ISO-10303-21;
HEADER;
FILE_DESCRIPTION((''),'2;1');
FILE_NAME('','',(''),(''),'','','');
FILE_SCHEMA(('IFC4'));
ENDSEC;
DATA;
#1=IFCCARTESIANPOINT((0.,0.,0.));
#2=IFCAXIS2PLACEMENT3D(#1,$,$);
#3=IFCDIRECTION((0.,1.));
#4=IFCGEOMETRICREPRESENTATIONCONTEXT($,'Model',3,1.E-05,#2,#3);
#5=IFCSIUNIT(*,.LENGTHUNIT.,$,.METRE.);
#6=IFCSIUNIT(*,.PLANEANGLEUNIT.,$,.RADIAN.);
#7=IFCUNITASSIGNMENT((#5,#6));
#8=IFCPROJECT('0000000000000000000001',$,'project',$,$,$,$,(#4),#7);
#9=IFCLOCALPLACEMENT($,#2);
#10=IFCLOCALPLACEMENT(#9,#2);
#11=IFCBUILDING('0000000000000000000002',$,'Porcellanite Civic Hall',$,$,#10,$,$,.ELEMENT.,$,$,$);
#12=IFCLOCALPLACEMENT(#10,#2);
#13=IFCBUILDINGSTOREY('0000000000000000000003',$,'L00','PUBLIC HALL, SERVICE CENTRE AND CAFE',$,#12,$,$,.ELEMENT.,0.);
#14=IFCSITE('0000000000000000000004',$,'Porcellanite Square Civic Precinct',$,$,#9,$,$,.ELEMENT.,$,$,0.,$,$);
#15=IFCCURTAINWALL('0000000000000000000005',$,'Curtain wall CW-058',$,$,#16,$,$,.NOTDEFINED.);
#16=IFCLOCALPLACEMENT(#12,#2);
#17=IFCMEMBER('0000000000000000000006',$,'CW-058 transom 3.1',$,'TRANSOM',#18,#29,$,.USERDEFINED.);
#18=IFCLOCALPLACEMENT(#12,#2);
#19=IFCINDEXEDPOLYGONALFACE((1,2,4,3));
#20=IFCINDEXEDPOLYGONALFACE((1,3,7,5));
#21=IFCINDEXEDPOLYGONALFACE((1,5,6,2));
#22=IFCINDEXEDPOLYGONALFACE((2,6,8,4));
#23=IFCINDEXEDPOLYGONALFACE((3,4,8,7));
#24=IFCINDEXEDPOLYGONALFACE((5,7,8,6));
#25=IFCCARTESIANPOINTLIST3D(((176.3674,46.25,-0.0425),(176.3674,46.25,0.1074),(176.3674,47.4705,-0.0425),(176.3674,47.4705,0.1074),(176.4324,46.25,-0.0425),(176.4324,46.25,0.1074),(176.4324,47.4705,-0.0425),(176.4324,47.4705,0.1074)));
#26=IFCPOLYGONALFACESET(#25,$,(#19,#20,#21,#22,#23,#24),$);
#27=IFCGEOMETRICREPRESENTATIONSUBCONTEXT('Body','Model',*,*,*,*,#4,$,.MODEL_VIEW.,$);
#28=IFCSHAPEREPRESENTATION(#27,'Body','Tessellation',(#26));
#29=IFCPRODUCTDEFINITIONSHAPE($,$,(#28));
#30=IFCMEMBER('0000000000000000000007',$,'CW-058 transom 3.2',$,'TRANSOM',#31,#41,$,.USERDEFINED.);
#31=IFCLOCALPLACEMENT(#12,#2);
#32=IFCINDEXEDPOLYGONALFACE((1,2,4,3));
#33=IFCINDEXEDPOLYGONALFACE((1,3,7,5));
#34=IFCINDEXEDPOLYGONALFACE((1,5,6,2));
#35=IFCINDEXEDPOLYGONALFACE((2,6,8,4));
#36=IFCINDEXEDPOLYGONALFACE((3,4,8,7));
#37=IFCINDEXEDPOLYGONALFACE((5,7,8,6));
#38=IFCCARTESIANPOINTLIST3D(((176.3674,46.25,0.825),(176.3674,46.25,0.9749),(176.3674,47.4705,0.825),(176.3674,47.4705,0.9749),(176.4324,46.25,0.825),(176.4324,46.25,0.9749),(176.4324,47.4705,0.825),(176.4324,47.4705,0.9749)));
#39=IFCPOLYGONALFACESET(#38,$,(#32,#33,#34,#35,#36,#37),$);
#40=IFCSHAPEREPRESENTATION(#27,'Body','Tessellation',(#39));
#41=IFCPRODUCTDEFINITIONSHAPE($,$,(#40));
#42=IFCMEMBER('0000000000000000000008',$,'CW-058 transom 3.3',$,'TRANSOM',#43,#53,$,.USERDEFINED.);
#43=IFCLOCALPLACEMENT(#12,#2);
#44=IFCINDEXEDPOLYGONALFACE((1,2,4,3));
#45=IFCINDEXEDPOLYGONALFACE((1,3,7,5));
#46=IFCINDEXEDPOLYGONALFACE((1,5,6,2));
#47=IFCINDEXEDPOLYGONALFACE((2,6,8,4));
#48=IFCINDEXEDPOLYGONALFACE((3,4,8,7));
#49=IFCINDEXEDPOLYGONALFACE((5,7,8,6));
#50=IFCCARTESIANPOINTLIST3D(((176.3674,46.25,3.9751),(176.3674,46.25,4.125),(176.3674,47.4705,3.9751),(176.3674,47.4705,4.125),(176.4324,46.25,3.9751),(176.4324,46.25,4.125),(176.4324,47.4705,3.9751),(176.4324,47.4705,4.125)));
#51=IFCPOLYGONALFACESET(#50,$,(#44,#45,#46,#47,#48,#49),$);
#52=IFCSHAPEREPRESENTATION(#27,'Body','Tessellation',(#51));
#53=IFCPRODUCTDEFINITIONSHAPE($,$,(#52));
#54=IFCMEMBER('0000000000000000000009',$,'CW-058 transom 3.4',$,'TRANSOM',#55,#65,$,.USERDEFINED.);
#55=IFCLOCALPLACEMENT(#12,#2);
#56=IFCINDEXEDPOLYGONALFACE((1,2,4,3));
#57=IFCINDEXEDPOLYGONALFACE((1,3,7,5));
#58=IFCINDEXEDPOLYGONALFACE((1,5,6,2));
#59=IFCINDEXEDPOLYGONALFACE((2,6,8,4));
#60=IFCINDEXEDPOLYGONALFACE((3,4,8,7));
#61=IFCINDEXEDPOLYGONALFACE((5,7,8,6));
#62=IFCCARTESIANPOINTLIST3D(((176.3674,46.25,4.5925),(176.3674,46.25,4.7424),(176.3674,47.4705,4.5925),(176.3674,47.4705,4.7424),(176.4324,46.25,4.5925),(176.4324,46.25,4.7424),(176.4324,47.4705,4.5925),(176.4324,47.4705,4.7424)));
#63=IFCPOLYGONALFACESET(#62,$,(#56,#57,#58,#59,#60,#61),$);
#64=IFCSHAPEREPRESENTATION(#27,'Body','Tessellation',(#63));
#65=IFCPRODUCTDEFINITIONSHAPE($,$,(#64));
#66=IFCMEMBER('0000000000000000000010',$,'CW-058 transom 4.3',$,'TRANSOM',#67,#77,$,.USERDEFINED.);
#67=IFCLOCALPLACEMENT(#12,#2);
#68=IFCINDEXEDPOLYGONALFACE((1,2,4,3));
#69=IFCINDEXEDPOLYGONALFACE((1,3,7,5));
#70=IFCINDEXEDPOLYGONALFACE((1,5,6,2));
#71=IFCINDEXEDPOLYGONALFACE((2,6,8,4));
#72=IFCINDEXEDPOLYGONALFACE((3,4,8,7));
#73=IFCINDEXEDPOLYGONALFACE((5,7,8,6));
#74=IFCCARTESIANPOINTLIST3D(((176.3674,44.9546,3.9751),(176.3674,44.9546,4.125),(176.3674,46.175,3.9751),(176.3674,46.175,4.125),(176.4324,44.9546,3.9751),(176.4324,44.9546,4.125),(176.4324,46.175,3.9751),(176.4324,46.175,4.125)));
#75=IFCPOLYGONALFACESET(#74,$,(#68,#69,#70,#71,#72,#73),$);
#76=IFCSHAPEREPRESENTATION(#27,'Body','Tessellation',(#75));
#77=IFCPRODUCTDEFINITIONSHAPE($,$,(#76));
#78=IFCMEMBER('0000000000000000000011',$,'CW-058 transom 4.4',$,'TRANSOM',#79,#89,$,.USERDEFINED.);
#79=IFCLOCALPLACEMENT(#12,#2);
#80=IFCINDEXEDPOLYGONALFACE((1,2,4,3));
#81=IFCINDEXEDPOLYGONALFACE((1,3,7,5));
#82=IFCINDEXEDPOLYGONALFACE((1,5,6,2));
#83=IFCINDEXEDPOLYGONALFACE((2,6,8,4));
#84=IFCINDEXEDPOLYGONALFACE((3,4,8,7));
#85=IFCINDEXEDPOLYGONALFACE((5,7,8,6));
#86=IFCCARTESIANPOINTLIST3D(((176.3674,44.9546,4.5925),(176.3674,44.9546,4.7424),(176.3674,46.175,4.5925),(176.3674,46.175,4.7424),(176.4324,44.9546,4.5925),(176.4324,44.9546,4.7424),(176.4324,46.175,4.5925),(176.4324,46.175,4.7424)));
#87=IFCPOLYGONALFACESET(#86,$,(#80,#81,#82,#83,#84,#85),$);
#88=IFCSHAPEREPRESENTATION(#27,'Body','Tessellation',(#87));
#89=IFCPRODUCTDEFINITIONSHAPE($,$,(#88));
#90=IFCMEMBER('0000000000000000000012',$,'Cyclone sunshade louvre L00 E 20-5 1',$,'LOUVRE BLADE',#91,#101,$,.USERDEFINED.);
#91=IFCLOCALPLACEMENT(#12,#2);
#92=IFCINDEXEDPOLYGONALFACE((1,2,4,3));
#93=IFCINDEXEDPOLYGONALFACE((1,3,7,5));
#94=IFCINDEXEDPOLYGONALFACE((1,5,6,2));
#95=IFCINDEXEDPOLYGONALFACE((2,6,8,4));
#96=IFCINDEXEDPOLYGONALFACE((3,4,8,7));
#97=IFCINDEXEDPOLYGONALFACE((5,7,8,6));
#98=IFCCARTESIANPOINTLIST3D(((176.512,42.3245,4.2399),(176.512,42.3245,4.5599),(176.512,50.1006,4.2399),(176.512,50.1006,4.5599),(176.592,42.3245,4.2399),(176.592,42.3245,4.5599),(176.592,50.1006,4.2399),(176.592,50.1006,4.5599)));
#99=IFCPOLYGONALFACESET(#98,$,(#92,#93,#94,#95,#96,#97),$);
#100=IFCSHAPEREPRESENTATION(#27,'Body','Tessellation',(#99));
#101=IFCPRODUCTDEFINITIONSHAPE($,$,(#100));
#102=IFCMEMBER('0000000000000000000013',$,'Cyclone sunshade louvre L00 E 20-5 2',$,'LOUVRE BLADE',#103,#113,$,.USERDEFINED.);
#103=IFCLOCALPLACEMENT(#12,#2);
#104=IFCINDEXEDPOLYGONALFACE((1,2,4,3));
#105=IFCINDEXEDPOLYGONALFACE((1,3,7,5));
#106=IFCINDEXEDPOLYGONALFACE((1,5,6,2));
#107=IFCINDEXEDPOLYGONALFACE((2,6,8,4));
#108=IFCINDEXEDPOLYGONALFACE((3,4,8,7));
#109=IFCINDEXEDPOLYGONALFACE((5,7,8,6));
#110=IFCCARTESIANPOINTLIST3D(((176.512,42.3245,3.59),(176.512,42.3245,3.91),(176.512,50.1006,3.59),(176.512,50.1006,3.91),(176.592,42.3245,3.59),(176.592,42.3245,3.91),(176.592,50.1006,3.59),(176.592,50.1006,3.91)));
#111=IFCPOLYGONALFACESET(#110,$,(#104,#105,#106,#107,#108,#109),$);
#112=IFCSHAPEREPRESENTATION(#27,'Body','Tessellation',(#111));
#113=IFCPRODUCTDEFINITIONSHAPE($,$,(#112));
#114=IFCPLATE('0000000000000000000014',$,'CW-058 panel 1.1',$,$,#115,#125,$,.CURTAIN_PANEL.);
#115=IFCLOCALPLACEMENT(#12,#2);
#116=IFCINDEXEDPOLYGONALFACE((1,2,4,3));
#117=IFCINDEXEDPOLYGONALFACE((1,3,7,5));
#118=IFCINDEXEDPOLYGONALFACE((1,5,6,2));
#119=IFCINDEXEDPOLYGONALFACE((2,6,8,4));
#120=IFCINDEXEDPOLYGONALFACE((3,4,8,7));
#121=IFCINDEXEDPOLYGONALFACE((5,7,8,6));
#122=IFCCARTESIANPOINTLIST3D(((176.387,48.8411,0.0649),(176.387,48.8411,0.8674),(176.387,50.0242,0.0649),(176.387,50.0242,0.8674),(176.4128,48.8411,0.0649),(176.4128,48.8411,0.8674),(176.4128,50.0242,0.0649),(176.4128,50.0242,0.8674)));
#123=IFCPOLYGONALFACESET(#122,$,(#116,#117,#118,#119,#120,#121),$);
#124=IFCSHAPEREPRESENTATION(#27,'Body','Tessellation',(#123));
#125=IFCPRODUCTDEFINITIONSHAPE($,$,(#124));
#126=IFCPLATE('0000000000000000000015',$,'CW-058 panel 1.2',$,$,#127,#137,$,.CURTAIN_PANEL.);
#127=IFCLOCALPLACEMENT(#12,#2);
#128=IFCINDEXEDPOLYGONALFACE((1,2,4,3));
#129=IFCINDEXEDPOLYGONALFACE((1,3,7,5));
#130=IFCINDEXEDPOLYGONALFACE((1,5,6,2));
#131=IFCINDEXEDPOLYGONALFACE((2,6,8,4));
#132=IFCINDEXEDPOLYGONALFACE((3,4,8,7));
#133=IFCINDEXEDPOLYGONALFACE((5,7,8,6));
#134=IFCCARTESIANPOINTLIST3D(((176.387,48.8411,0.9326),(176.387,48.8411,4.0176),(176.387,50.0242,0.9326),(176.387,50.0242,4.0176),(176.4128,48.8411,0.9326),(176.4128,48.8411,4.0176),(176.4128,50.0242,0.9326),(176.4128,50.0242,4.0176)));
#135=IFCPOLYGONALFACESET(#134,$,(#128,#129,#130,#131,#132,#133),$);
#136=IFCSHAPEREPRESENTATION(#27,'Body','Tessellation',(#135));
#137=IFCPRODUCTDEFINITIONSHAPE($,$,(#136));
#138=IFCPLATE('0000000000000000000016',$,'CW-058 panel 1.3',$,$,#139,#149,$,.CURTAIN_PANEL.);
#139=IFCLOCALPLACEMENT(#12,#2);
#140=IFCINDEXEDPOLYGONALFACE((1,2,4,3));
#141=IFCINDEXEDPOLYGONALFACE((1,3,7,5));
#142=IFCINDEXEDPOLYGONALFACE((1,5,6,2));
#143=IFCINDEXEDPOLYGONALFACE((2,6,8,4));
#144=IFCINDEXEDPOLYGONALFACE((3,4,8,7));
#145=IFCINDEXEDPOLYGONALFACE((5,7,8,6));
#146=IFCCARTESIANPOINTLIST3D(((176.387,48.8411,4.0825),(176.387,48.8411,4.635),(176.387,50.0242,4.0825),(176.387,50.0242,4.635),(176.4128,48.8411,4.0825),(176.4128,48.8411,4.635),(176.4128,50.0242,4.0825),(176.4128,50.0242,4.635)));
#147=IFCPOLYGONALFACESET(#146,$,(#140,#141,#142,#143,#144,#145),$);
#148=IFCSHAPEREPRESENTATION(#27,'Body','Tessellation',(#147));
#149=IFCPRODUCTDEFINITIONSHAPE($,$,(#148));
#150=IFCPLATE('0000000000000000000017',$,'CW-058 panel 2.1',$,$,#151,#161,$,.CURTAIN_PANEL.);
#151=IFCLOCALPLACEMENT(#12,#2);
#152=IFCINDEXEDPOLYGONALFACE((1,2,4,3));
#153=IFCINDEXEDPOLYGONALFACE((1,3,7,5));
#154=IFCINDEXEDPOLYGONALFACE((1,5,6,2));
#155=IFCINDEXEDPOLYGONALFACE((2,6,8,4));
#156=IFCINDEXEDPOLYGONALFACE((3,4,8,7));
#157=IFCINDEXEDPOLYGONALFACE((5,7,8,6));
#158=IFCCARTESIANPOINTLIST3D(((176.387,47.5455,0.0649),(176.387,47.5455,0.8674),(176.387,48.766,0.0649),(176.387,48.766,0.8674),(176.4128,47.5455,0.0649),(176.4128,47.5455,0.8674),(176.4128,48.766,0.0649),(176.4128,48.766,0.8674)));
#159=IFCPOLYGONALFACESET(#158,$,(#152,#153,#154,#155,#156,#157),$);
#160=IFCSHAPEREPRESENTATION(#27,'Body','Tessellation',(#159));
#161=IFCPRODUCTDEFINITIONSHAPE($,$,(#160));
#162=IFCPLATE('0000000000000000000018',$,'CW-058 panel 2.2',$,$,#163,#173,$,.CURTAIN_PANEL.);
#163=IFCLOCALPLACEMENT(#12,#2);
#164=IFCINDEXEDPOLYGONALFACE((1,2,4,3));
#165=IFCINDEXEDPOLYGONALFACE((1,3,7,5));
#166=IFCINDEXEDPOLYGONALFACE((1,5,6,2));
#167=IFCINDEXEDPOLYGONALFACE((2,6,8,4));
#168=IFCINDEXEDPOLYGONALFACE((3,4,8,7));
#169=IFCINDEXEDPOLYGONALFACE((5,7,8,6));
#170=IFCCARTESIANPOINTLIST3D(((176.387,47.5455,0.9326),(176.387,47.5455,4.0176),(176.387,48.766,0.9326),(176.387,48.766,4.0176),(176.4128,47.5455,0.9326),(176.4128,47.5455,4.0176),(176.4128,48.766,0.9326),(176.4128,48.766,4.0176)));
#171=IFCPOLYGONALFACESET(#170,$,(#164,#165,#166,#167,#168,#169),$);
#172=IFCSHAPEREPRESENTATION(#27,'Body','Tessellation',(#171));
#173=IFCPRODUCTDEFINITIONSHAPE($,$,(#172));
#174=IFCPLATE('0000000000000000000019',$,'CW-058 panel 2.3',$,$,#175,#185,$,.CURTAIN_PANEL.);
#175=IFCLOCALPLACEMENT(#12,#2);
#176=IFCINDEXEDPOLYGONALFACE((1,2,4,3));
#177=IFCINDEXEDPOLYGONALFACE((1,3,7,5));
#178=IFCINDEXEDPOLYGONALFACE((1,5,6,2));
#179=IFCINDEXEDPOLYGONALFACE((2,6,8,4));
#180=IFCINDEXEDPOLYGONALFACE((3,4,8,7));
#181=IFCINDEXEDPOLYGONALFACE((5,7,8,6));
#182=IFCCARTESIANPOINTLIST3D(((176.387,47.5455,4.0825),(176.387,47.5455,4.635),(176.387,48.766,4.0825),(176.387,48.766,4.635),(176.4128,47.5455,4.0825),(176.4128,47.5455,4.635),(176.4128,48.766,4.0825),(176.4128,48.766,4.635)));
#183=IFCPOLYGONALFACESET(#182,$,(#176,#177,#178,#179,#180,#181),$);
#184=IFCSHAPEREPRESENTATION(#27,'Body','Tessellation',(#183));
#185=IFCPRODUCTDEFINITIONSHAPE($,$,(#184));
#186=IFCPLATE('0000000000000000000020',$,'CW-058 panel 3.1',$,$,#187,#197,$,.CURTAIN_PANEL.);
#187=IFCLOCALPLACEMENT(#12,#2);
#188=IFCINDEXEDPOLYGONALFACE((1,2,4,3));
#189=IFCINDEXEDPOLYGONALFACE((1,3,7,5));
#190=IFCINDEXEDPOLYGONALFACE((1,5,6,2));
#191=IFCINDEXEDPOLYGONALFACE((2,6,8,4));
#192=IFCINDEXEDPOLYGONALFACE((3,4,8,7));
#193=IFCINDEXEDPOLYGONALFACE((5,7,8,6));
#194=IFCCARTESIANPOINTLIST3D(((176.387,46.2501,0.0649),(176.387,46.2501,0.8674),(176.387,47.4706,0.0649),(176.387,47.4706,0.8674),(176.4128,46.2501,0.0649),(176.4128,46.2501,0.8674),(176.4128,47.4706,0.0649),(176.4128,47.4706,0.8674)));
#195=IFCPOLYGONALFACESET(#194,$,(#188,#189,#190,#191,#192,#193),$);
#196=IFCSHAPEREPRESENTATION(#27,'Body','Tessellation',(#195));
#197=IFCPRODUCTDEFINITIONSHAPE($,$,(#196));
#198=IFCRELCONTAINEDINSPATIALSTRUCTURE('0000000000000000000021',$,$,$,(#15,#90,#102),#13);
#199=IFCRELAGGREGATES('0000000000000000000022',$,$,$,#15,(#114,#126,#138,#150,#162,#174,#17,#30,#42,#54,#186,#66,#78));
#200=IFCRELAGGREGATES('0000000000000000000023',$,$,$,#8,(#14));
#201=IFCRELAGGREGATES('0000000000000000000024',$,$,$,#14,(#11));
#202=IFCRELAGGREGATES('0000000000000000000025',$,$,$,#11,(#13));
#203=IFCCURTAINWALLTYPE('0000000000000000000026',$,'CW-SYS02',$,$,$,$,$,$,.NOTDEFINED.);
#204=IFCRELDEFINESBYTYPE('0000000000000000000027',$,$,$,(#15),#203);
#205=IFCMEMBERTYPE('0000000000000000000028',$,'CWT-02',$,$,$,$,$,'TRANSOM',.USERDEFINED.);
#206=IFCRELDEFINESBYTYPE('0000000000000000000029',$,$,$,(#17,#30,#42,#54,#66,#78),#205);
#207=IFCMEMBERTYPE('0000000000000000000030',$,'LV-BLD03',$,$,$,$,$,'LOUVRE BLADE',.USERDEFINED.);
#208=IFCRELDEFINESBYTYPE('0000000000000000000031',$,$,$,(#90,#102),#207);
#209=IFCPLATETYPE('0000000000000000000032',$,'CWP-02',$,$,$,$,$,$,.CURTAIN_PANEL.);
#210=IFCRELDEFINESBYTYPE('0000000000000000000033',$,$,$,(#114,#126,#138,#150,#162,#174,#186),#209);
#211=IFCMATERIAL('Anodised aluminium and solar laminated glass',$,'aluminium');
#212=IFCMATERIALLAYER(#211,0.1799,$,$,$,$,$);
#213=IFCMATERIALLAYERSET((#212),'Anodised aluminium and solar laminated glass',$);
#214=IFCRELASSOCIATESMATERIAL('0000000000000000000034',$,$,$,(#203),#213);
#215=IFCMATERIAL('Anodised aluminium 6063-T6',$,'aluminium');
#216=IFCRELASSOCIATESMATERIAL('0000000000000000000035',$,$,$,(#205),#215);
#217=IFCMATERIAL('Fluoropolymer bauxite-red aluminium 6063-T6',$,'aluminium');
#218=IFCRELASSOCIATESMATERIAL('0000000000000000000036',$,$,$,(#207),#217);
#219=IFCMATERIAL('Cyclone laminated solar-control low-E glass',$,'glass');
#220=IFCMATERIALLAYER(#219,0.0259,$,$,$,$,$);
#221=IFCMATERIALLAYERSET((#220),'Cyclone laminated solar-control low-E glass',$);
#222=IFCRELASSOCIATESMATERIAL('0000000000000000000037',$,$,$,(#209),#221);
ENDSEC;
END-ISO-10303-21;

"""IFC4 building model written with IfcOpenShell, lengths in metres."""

from ifc_helpers import new_model, si_unit, direction, frame, origin, origin_2d, place, context, subcontext, project, spatial, rectangle, extrude, material, layer, layer_set, material_profile, profile_set, type_object, element, aggregate, save


model = new_model("IFC4")

# Units and contexts
model_context = context("Model", 3, precision=1e-05, world=origin(), true_north=direction((0.0, 1.0)))
body_context = subcontext(model_context, "Body", "Model", "MODEL_VIEW")
ifc_project = project(units=[si_unit("LENGTHUNIT", "METRE"), si_unit("PLANEANGLEUNIT", "RADIAN")], contexts=[model_context])

# Site, building, storey
site_placement = place(None, origin())
site = spatial("IfcSite", under=ifc_project, at=site_placement, Name="Porcellanite Square Civic Precinct", CompositionType="ELEMENT", RefElevation=0.0)
building_placement = place(site_placement, origin())
building = spatial("IfcBuilding", under=site, at=building_placement, Name="Porcellanite Civic Hall", CompositionType="ELEMENT")
storey_placement = place(building_placement, origin())
storey = spatial("IfcBuildingStorey", under=building, at=storey_placement, Name="L00", Description="PUBLIC HALL, SERVICE CENTRE AND CAFE", CompositionType="ELEMENT", Elevation=0.0)

# Curtain wall, members
ifc_material_1 = material(Name="Anodised aluminium and solar laminated glass", Category="aluminium")
ifc_layer_1 = layer(ifc_material_1, 0.1799)
ifc_layer_set_1 = layer_set([ifc_layer_1], Name="Anodised aluminium and solar laminated glass")
curtain_wall_type = type_object("IfcCurtainWallType", Name="CW-SYS02", PredefinedType="NOTDEFINED", material=ifc_layer_set_1)
curtain_wall_placement = place(storey_placement, origin())
curtain_wall = element("IfcCurtainWall", 1, at=curtain_wall_placement, inside=storey, type_object=curtain_wall_type, Name="Curtain wall CW-058", PredefinedType="NOTDEFINED")
ifc_material_2 = material(Name="Anodised aluminium 6063-T6", Category="aluminium")
ifc_material_profile_1 = material_profile(ifc_material_2, rectangle(XDim=0.0649, YDim=0.1499, at=origin_2d()), Name="AL-65x150")
ifc_profile_set_1 = profile_set([ifc_material_profile_1], Name="Anodised aluminium 6063-T6")
member_type_1 = type_object("IfcMemberType", Name="CWT-02", ElementType="TRANSOM", PredefinedType="USERDEFINED", material=ifc_profile_set_1)
member_1_placement = place(storey_placement, frame((176.3999, 47.4705, 0.0325), z_axis=(0.0, -1.0, 0.0), x_axis=(1.0, 0.0, 0.0)))
member_1 = element("IfcMember", 2, at=member_1_placement, type_object=member_type_1, Name="CW-058 transom 3.1", ObjectType="TRANSOM", PredefinedType="USERDEFINED", context=body_context, shape_type="SweptSolid", body=[
    extrude(rectangle(XDim=0.0649, YDim=0.1499, at=origin_2d()), origin(), (0.0, 0.0, 1.0), 1.2205),
])
member_2_placement = place(storey_placement, frame((176.3999, 47.4705, 0.8999), z_axis=(0.0, -1.0, 0.0), x_axis=(1.0, 0.0, 0.0)))
member_2 = element("IfcMember", 3, at=member_2_placement, type_object=member_type_1, Name="CW-058 transom 3.2", ObjectType="TRANSOM", PredefinedType="USERDEFINED", context=body_context, shape_type="SweptSolid", body=[
    extrude(rectangle(XDim=0.0649, YDim=0.1499, at=origin_2d()), origin(), (0.0, 0.0, 1.0), 1.2205),
])
member_3_placement = place(storey_placement, frame((176.3999, 47.4705, 4.05), z_axis=(0.0, -1.0, 0.0), x_axis=(1.0, 0.0, 0.0)))
member_3 = element("IfcMember", 4, at=member_3_placement, type_object=member_type_1, Name="CW-058 transom 3.3", ObjectType="TRANSOM", PredefinedType="USERDEFINED", context=body_context, shape_type="SweptSolid", body=[
    extrude(rectangle(XDim=0.0649, YDim=0.1499, at=origin_2d()), origin(), (0.0, 0.0, 1.0), 1.2205),
])
member_4_placement = place(storey_placement, frame((176.3999, 47.4705, 4.6675), z_axis=(0.0, -1.0, 0.0), x_axis=(1.0, 0.0, 0.0)))
member_4 = element("IfcMember", 5, at=member_4_placement, type_object=member_type_1, Name="CW-058 transom 3.4", ObjectType="TRANSOM", PredefinedType="USERDEFINED", context=body_context, shape_type="SweptSolid", body=[
    extrude(rectangle(XDim=0.0649, YDim=0.1499, at=origin_2d()), origin(), (0.0, 0.0, 1.0), 1.2205),
])
member_5_placement = place(storey_placement, frame((176.3999, 46.175, 4.05), z_axis=(0.0, -1.0, 0.0), x_axis=(1.0, 0.0, 0.0)))
member_5 = element("IfcMember", 6, at=member_5_placement, type_object=member_type_1, Name="CW-058 transom 4.3", ObjectType="TRANSOM", PredefinedType="USERDEFINED", context=body_context, shape_type="SweptSolid", body=[
    extrude(rectangle(XDim=0.0649, YDim=0.1499, at=origin_2d()), origin(), (0.0, 0.0, 1.0), 1.2205),
])
member_6_placement = place(storey_placement, frame((176.3999, 46.175, 4.6675), z_axis=(0.0, -1.0, 0.0), x_axis=(1.0, 0.0, 0.0)))
member_6 = element("IfcMember", 7, at=member_6_placement, type_object=member_type_1, Name="CW-058 transom 4.4", ObjectType="TRANSOM", PredefinedType="USERDEFINED", context=body_context, shape_type="SweptSolid", body=[
    extrude(rectangle(XDim=0.0649, YDim=0.1499, at=origin_2d()), origin(), (0.0, 0.0, 1.0), 1.2205),
])

# Members
ifc_material_3 = material(Name="Fluoropolymer bauxite-red aluminium 6063-T6", Category="aluminium")
ifc_material_profile_2 = material_profile(ifc_material_3, rectangle(XDim=0.0801, YDim=0.3201, at=origin_2d()), Name="AL-80x320")
ifc_profile_set_2 = profile_set([ifc_material_profile_2], Name="Fluoropolymer bauxite-red aluminium 6063-T6")
member_type_2 = type_object("IfcMemberType", Name="LV-BLD03", ElementType="LOUVRE BLADE", PredefinedType="USERDEFINED", material=ifc_profile_set_2)
for number, where, z_axis, x_axis, name in (
    (8, (176.552, 50.1006, 4.3999), (0.0, -1.0, 0.0), (1.0, 0.0, 0.0), "Cyclone sunshade louvre L00 E 20-5 1"),
    (9, (176.552, 50.1006, 3.75), (0.0, -1.0, 0.0), (1.0, 0.0, 0.0), "Cyclone sunshade louvre L00 E 20-5 2"),
):
    element("IfcMember", number, at=place(storey_placement, frame(where, z_axis=z_axis, x_axis=x_axis)), inside=storey, type_object=member_type_2, Name=name, ObjectType="LOUVRE BLADE", PredefinedType="USERDEFINED", context=body_context, shape_type="SweptSolid", body=[
        extrude(rectangle(XDim=0.0801, YDim=0.3201, at=origin_2d()), origin(), (0.0, 0.0, 1.0), 7.7761),
    ])

# Plates
ifc_material_4 = material(Name="Cyclone laminated solar-control low-E glass", Category="glass")
ifc_layer_2 = layer(ifc_material_4, 0.0259)
ifc_layer_set_2 = layer_set([ifc_layer_2], Name="Cyclone laminated solar-control low-E glass")
plate_type = type_object("IfcPlateType", Name="CWP-02", PredefinedType="CURTAIN_PANEL", material=ifc_layer_set_2)
plate_1_placement = place(storey_placement, frame((176.3999, 49.4326, 0.0649), z_axis=(0.0, 0.0, 1.0), x_axis=(0.0, -1.0, 0.0)))
plate_1 = element("IfcPlate", 10, at=plate_1_placement, type_object=plate_type, Name="CW-058 panel 1.1", PredefinedType="CURTAIN_PANEL", context=body_context, shape_type="SweptSolid", body=[
    extrude(rectangle(XDim=1.1831, YDim=0.0259, at=origin_2d()), origin(), (0.0, 0.0, 1.0), 0.8025),
])
plate_2_placement = place(storey_placement, frame((176.3999, 49.4326, 0.9326), z_axis=(0.0, 0.0, 1.0), x_axis=(0.0, -1.0, 0.0)))
plate_2 = element("IfcPlate", 11, at=plate_2_placement, type_object=plate_type, Name="CW-058 panel 1.2", PredefinedType="CURTAIN_PANEL", context=body_context, shape_type="SweptSolid", body=[
    extrude(rectangle(XDim=1.1831, YDim=0.0259, at=origin_2d()), origin(), (0.0, 0.0, 1.0), 3.085),
])
plate_3_placement = place(storey_placement, frame((176.3999, 49.4326, 4.0825), z_axis=(0.0, 0.0, 1.0), x_axis=(0.0, -1.0, 0.0)))
plate_3 = element("IfcPlate", 12, at=plate_3_placement, type_object=plate_type, Name="CW-058 panel 1.3", PredefinedType="CURTAIN_PANEL", context=body_context, shape_type="SweptSolid", body=[
    extrude(rectangle(XDim=1.1831, YDim=0.0259, at=origin_2d()), origin(), (0.0, 0.0, 1.0), 0.5525),
])
plate_4_placement = place(storey_placement, frame((176.3999, 48.1558, 0.0649), z_axis=(0.0, 0.0, 1.0), x_axis=(0.0, -1.0, 0.0)))
plate_4 = element("IfcPlate", 13, at=plate_4_placement, type_object=plate_type, Name="CW-058 panel 2.1", PredefinedType="CURTAIN_PANEL", context=body_context, shape_type="SweptSolid", body=[
    extrude(rectangle(XDim=1.2205, YDim=0.0259, at=origin_2d()), origin(), (0.0, 0.0, 1.0), 0.8025),
])
plate_5_placement = place(storey_placement, frame((176.3999, 48.1558, 0.9326), z_axis=(0.0, 0.0, 1.0), x_axis=(0.0, -1.0, 0.0)))
plate_5 = element("IfcPlate", 14, at=plate_5_placement, type_object=plate_type, Name="CW-058 panel 2.2", PredefinedType="CURTAIN_PANEL", context=body_context, shape_type="SweptSolid", body=[
    extrude(rectangle(XDim=1.2205, YDim=0.0259, at=origin_2d()), origin(), (0.0, 0.0, 1.0), 3.085),
])
plate_6_placement = place(storey_placement, frame((176.3999, 48.1558, 4.0825), z_axis=(0.0, 0.0, 1.0), x_axis=(0.0, -1.0, 0.0)))
plate_6 = element("IfcPlate", 15, at=plate_6_placement, type_object=plate_type, Name="CW-058 panel 2.3", PredefinedType="CURTAIN_PANEL", context=body_context, shape_type="SweptSolid", body=[
    extrude(rectangle(XDim=1.2205, YDim=0.0259, at=origin_2d()), origin(), (0.0, 0.0, 1.0), 0.5525),
])
plate_7_placement = place(storey_placement, frame((176.3999, 46.8604, 0.0649), z_axis=(0.0, 0.0, 1.0), x_axis=(0.0, -1.0, 0.0)))
plate_7 = element("IfcPlate", 16, at=plate_7_placement, type_object=plate_type, Name="CW-058 panel 3.1", PredefinedType="CURTAIN_PANEL", context=body_context, shape_type="SweptSolid", body=[
    extrude(rectangle(XDim=1.2205, YDim=0.0259, at=origin_2d()), origin(), (0.0, 0.0, 1.0), 0.8025),
])
aggregate(curtain_wall, [plate_1, plate_2, plate_3, plate_4, plate_5, plate_6, member_1, member_2, member_3, member_4, plate_7, member_5, member_6])

save(model, "model.ifc")
